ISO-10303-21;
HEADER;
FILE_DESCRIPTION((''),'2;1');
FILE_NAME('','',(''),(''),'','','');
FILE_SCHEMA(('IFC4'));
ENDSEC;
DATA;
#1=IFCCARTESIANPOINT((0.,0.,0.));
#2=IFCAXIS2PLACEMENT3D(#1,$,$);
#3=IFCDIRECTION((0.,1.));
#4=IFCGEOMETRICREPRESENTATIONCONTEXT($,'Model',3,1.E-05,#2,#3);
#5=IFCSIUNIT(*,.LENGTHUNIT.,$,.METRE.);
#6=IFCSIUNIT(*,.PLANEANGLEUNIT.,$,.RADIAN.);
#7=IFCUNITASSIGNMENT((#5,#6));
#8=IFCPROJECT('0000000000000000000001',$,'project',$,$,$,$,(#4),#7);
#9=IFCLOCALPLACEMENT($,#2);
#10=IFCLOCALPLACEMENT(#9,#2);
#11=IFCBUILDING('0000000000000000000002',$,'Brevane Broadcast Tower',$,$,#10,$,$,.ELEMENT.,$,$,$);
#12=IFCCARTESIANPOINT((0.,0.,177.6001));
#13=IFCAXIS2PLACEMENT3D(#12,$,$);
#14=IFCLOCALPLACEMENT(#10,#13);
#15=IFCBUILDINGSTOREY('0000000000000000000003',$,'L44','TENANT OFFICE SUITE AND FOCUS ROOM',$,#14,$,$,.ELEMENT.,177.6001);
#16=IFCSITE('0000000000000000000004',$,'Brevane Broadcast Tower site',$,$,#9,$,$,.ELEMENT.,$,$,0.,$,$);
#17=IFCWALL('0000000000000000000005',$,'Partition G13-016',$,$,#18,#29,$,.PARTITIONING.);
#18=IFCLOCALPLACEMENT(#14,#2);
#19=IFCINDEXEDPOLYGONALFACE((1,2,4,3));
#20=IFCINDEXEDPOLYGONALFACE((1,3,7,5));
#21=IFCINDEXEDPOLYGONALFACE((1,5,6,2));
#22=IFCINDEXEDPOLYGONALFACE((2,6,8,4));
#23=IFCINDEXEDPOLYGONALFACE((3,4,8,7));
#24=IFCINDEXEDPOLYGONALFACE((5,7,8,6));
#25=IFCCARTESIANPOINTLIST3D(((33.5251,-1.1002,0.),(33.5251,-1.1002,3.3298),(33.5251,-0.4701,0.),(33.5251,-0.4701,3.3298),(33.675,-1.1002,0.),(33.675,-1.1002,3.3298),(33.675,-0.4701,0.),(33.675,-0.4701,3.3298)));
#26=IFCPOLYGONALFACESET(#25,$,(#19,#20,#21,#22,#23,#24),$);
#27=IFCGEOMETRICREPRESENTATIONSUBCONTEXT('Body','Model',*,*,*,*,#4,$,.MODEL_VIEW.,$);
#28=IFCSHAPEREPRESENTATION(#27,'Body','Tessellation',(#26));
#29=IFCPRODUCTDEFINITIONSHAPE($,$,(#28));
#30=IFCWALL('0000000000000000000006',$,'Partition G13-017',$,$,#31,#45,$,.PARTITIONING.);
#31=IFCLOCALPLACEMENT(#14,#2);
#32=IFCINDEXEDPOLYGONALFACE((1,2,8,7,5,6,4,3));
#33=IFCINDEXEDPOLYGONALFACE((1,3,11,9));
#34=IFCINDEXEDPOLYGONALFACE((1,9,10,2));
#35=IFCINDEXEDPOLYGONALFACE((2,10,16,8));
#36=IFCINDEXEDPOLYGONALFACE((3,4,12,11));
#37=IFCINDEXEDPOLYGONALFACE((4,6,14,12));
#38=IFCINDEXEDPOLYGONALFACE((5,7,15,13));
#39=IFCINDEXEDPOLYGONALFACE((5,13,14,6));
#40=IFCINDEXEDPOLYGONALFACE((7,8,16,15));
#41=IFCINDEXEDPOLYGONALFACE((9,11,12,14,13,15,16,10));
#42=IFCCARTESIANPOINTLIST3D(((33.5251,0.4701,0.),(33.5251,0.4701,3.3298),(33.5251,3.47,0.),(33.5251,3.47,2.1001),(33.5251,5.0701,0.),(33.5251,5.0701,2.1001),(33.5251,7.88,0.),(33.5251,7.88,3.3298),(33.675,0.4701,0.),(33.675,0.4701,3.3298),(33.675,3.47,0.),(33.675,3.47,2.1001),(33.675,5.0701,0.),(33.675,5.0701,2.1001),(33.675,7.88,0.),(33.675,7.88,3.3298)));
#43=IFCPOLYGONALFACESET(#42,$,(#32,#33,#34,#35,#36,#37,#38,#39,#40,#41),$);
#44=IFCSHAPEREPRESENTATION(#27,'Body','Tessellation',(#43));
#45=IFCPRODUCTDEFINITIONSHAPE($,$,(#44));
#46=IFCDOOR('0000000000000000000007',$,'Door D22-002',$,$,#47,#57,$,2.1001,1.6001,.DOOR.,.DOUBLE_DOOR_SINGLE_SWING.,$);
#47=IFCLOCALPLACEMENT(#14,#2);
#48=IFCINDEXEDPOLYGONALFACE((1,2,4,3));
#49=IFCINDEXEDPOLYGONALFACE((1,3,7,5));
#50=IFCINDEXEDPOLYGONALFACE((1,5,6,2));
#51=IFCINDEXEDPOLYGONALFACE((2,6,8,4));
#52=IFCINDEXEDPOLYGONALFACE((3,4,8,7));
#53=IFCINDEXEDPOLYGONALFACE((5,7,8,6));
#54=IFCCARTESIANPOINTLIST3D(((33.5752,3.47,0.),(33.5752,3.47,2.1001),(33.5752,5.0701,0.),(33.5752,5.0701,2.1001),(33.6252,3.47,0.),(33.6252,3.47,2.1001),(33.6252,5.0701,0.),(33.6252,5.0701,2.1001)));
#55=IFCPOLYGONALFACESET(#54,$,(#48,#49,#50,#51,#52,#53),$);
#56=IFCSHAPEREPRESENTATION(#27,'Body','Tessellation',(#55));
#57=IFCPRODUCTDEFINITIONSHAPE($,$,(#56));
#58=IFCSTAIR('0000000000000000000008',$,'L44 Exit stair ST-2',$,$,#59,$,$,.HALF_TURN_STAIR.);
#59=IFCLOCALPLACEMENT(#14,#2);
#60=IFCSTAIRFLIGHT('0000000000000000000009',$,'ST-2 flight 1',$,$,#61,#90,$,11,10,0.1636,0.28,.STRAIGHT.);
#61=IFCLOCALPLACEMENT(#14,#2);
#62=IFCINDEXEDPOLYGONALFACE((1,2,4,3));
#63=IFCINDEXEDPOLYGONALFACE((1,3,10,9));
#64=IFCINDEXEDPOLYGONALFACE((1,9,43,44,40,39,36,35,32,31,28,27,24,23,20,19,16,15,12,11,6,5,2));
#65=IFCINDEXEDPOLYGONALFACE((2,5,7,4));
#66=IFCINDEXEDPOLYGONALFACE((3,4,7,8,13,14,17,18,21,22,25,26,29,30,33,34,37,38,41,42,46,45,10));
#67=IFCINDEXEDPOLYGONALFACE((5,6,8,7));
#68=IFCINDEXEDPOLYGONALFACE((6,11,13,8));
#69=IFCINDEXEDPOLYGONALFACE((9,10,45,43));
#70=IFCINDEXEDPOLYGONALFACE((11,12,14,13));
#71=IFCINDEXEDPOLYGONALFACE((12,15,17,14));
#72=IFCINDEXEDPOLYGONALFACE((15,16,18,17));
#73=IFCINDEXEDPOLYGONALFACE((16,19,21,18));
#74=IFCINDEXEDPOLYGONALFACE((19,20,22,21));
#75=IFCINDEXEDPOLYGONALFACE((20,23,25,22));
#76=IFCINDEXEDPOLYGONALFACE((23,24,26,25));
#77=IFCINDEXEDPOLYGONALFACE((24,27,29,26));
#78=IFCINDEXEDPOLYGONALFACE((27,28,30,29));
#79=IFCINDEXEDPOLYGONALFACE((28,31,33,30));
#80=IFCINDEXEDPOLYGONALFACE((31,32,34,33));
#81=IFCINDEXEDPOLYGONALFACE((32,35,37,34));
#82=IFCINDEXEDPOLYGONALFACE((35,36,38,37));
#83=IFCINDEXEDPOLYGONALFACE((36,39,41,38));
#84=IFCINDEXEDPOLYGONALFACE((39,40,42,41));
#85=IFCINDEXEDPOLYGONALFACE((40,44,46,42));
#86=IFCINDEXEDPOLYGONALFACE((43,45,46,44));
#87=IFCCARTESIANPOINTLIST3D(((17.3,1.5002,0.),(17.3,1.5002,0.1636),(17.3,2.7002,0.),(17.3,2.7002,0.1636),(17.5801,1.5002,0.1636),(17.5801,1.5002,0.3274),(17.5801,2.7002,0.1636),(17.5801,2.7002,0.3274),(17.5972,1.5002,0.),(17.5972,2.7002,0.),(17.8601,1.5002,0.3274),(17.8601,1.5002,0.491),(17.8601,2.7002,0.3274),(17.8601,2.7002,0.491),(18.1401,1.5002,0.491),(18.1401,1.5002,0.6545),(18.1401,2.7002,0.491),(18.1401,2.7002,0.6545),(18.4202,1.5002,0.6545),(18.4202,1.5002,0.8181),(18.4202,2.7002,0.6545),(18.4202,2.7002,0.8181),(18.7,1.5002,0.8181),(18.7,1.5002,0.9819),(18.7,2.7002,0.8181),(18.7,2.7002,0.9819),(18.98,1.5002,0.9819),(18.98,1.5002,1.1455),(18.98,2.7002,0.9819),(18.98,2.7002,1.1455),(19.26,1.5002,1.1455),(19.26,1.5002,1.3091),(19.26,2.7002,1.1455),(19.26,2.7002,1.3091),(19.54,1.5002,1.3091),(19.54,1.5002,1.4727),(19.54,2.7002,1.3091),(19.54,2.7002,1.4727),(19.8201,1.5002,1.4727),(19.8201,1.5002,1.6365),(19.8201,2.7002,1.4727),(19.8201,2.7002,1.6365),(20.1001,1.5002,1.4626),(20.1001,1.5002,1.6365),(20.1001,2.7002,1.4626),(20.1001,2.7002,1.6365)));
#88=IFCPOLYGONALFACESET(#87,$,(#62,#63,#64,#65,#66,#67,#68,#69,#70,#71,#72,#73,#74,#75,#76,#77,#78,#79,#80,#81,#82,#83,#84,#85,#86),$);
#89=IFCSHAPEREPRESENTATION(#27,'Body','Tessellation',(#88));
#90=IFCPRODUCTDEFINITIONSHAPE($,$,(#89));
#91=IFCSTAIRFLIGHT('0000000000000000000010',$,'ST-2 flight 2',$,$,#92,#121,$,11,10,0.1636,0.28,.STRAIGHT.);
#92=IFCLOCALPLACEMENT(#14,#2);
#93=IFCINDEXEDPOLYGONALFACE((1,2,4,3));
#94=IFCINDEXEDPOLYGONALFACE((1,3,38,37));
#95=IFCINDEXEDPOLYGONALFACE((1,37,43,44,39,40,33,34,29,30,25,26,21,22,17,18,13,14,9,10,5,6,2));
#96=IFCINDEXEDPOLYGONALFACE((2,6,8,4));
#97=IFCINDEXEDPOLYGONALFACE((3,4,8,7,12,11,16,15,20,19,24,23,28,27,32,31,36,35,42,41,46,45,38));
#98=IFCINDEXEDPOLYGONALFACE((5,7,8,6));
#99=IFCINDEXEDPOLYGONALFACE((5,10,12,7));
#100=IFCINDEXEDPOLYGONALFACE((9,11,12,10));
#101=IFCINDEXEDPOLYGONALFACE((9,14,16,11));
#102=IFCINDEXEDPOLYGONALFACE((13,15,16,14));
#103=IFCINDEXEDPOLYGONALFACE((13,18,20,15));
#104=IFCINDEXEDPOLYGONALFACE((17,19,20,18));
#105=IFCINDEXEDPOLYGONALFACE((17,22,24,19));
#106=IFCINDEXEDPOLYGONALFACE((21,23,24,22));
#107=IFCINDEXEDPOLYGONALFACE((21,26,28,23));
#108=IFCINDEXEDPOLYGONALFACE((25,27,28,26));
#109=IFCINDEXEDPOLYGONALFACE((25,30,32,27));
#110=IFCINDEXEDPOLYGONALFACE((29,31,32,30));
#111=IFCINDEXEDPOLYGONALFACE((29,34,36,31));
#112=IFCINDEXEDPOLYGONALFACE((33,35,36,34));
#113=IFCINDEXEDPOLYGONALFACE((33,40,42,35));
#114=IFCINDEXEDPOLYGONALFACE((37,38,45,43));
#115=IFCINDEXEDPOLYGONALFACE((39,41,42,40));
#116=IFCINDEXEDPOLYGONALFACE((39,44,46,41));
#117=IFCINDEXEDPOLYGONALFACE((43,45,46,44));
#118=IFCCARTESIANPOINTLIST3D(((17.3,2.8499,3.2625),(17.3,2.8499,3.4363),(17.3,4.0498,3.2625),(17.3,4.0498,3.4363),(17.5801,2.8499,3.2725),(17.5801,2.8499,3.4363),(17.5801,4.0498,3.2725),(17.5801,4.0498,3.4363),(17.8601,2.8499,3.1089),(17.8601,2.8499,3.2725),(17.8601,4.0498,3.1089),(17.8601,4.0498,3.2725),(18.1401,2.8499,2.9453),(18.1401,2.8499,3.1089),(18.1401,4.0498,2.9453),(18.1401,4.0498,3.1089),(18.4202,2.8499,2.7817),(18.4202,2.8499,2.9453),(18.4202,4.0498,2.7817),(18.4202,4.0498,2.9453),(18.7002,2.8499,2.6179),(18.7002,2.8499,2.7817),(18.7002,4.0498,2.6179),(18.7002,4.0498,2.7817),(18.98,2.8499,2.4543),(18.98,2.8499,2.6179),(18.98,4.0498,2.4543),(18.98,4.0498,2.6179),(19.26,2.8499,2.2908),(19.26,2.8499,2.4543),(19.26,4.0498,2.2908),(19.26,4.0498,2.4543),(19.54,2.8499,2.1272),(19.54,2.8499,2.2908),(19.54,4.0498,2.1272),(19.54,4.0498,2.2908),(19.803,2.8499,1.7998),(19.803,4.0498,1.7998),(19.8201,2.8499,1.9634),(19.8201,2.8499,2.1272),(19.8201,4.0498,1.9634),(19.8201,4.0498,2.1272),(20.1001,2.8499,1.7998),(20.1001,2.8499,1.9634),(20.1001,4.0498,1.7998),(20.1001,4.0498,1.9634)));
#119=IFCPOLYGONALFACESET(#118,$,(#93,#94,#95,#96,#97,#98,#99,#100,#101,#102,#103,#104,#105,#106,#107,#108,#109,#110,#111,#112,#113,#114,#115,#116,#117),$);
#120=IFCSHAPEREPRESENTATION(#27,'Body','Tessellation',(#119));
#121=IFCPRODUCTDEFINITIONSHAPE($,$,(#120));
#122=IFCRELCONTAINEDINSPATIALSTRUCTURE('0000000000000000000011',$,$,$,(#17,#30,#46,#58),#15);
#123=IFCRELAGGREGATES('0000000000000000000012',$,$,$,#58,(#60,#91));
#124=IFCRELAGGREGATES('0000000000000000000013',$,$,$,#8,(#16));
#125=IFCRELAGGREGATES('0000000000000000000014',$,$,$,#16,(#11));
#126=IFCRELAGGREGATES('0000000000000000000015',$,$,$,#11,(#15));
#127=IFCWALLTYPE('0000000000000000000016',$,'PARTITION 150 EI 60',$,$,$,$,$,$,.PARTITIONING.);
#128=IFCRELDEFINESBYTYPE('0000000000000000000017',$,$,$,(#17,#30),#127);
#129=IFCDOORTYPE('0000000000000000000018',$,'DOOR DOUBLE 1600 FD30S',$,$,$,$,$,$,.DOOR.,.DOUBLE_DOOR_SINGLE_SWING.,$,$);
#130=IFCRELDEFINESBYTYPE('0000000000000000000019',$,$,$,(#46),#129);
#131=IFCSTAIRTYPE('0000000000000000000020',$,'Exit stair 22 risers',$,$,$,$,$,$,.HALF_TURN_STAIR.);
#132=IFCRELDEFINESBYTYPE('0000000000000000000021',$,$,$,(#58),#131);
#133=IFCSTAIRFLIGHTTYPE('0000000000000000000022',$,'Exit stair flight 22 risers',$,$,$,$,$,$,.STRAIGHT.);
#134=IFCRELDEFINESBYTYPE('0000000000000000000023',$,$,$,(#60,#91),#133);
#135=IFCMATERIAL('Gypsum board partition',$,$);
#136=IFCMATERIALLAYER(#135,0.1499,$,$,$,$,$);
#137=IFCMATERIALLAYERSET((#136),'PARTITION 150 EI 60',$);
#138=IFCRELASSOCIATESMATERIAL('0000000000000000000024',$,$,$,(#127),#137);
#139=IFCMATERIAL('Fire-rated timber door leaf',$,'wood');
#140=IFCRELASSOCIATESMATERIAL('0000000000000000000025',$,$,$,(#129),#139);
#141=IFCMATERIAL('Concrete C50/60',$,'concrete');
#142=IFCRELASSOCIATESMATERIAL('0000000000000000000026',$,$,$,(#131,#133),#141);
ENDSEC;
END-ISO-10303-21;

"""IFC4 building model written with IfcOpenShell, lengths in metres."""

from ifc_helpers import new_model, si_unit, direction, frame, frame_2d, origin, place, context, subcontext, project, spatial, polyline, rectangle, outline, extrude, material, layer, layer_set, type_object, element, fill, aggregate, save


model = new_model("IFC4")

# Units and contexts
model_context = context("Model", 3, precision=1e-05, world=origin(), true_north=direction((0.0, 1.0)))
body_context = subcontext(model_context, "Body", "Model", "MODEL_VIEW")
ifc_project = project(units=[si_unit("LENGTHUNIT", "METRE"), si_unit("PLANEANGLEUNIT", "RADIAN")], contexts=[model_context])

# Site, building, storey
site_placement = place(None, origin())
site = spatial("IfcSite", under=ifc_project, at=site_placement, Name="Brevane Broadcast Tower site", CompositionType="ELEMENT", RefElevation=0.0)
building_placement = place(site_placement, origin())
building = spatial("IfcBuilding", under=site, at=building_placement, Name="Brevane Broadcast Tower", CompositionType="ELEMENT")
storey_placement = place(building_placement, frame((0.0, 0.0, 177.6001)))
storey = spatial("IfcBuildingStorey", under=building, at=storey_placement, Name="L44", Description="TENANT OFFICE SUITE AND FOCUS ROOM", CompositionType="ELEMENT", Elevation=177.6001)

# Wall
ifc_material_1 = material(Name="Gypsum board partition")
ifc_layer_1 = layer(ifc_material_1, 0.1499)
ifc_layer_set_1 = layer_set([ifc_layer_1], Name="PARTITION 150 EI 60")
wall_type_1 = type_object("IfcWallType", Name="PARTITION 150 EI 60", PredefinedType="PARTITIONING", material=ifc_layer_set_1)
wall_1_placement = place(storey_placement, frame((33.6001, -1.1001, 0.0), z_axis=(0.0, 0.0, 1.0), x_axis=(0.0, 1.0, 0.0)))
element("IfcWall", 1, at=wall_1_placement, inside=storey, type_object=wall_type_1, Name="Partition G13-016", PredefinedType="PARTITIONING", context=body_context, shape_type="SweptSolid", body=[
    extrude(rectangle(XDim=0.6301, YDim=0.1499, at=frame_2d((0.3149, 0.0))), origin(), (0.0, 0.0, 1.0), 3.3298),
])

# Wall, opening, door
wall_2_placement = place(storey_placement, frame((33.6001, 0.47, 0.0), z_axis=(0.0, 0.0, 1.0), x_axis=(0.0, 1.0, 0.0)))
wall_2 = element("IfcWall", 2, at=wall_2_placement, inside=storey, type_object=wall_type_1, Name="Partition G13-017", PredefinedType="PARTITIONING", context=body_context, shape_type="SweptSolid", body=[
    extrude(rectangle(XDim=7.4099, YDim=0.1499, at=frame_2d((3.7051, 0.0))), origin(), (0.0, 0.0, 1.0), 3.3298),
])
opening_placement = place(wall_2_placement, frame((3.0, 0.0, 0.0)))
opening = element("IfcOpeningElement", 3, at=opening_placement, cuts=wall_2, PredefinedType="OPENING", context=body_context, shape_type="SweptSolid", body=[
    extrude(rectangle(XDim=1.6001, YDim=2.1001, at=frame_2d((0.8, 1.05))), frame((0.0, 0.085, 0.0), z_axis=(0.0, -1.0, 0.0), x_axis=(1.0, 0.0, 0.0)), (0.0, 0.0, 1.0), 0.1699),
])
ifc_material_2 = material(Name="Fire-rated timber door leaf", Category="wood")
door_type = type_object("IfcDoorType", Name="DOOR DOUBLE 1600 FD30S", OperationType="DOUBLE_DOOR_SINGLE_SWING", PredefinedType="DOOR", material=ifc_material_2)
door_placement = place(opening_placement, origin())
door = element("IfcDoor", 4, at=door_placement, inside=storey, type_object=door_type, Name="Door D22-002", OperationType="DOUBLE_DOOR_SINGLE_SWING", OverallHeight=2.1001, OverallWidth=1.6001, PredefinedType="DOOR", context=body_context, shape_type="SweptSolid", body=[
    extrude(rectangle(XDim=1.6001, YDim=2.1001, at=frame_2d((0.8, 1.05))), frame((0.0, 0.0249, 0.0), z_axis=(0.0, -1.0, 0.0), x_axis=(1.0, 0.0, 0.0)), (0.0, 0.0, 1.0), 0.05),
])
fill(opening, door)

# Stair, stair flights
ifc_material_3 = material(Name="Concrete C50/60", Category="concrete")
stair_type = type_object("IfcStairType", Name="Exit stair 22 risers", PredefinedType="HALF_TURN_STAIR", material=ifc_material_3)
stair_placement = place(storey_placement, origin())
stair = element("IfcStair", 5, at=stair_placement, inside=storey, type_object=stair_type, Name="L44 Exit stair ST-2", PredefinedType="HALF_TURN_STAIR")
stair_flight_type = type_object("IfcStairFlightType", Name="Exit stair flight 22 risers", PredefinedType="STRAIGHT", material=ifc_material_3)
stair_flight_1_placement = place(storey_placement, frame((17.3, 2.1001, 0.0), z_axis=(0.0, 0.0, 1.0), x_axis=(1.0, 0.0, 0.0)))
stair_flight_1 = element("IfcStairFlight", 6, at=stair_flight_1_placement, type_object=stair_flight_type, Name="ST-2 flight 1", NumberOfRisers=11, NumberOfTreads=10, PredefinedType="STRAIGHT", RiserHeight=0.1636, TreadLength=0.28, context=body_context, shape_type="SweptSolid", body=[
    extrude(outline(polyline([(0.0, 0.0), (0.0, 0.1636), (0.28, 0.1636), (0.28, 0.3274), (0.5601, 0.3274), (0.5601, 0.491), (0.8401, 0.491), (0.8401, 0.6545), (1.1201, 0.6545), (1.1201, 0.8181), (1.3999, 0.8181), (1.3999, 0.9819), (1.6799, 0.9819), (1.6799, 1.1455), (1.96, 1.1455), (1.96, 1.3091), (2.24, 1.3091), (2.24, 1.4727), (2.52, 1.4727), (2.52, 1.6365), (2.8, 1.6365), (2.8, 1.8), (2.8, 1.4626), (0.2971, 0.0), (0.0, 0.0)])), frame((0.0, 0.6001, 0.0), z_axis=(0.0, -1.0, 0.0), x_axis=(1.0, 0.0, 0.0)), (0.0, 0.0, 1.0), 1.2),
])
stair_flight_2_placement = place(storey_placement, frame((20.1001, 3.45, 1.7998), z_axis=(0.0, 0.0, 1.0), x_axis=(-1.0, 0.0, 0.0)))
stair_flight_2 = element("IfcStairFlight", 7, at=stair_flight_2_placement, type_object=stair_flight_type, Name="ST-2 flight 2", NumberOfRisers=11, NumberOfTreads=10, PredefinedType="STRAIGHT", RiserHeight=0.1636, TreadLength=0.28, context=body_context, shape_type="SweptSolid", body=[
    extrude(outline(polyline([(0.0, 0.0), (0.0, 0.1636), (0.28, 0.1636), (0.28, 0.3274), (0.5601, 0.3274), (0.5601, 0.491), (0.8401, 0.491), (0.8401, 0.6545), (1.1201, 0.6545), (1.1201, 0.8181), (1.3999, 0.8181), (1.3999, 0.9819), (1.6799, 0.9819), (1.6799, 1.1455), (1.96, 1.1455), (1.96, 1.3091), (2.24, 1.3091), (2.24, 1.4727), (2.52, 1.4727), (2.52, 1.6365), (2.8, 1.6365), (2.8, 1.8), (2.8, 1.4626), (0.2971, 0.0), (0.0, 0.0)])), frame((0.0, 0.6001, 0.0), z_axis=(0.0, -1.0, 0.0), x_axis=(1.0, 0.0, 0.0)), (0.0, 0.0, 1.0), 1.2),
])
aggregate(stair, [stair_flight_1, stair_flight_2])

save(model, "model.ifc")
